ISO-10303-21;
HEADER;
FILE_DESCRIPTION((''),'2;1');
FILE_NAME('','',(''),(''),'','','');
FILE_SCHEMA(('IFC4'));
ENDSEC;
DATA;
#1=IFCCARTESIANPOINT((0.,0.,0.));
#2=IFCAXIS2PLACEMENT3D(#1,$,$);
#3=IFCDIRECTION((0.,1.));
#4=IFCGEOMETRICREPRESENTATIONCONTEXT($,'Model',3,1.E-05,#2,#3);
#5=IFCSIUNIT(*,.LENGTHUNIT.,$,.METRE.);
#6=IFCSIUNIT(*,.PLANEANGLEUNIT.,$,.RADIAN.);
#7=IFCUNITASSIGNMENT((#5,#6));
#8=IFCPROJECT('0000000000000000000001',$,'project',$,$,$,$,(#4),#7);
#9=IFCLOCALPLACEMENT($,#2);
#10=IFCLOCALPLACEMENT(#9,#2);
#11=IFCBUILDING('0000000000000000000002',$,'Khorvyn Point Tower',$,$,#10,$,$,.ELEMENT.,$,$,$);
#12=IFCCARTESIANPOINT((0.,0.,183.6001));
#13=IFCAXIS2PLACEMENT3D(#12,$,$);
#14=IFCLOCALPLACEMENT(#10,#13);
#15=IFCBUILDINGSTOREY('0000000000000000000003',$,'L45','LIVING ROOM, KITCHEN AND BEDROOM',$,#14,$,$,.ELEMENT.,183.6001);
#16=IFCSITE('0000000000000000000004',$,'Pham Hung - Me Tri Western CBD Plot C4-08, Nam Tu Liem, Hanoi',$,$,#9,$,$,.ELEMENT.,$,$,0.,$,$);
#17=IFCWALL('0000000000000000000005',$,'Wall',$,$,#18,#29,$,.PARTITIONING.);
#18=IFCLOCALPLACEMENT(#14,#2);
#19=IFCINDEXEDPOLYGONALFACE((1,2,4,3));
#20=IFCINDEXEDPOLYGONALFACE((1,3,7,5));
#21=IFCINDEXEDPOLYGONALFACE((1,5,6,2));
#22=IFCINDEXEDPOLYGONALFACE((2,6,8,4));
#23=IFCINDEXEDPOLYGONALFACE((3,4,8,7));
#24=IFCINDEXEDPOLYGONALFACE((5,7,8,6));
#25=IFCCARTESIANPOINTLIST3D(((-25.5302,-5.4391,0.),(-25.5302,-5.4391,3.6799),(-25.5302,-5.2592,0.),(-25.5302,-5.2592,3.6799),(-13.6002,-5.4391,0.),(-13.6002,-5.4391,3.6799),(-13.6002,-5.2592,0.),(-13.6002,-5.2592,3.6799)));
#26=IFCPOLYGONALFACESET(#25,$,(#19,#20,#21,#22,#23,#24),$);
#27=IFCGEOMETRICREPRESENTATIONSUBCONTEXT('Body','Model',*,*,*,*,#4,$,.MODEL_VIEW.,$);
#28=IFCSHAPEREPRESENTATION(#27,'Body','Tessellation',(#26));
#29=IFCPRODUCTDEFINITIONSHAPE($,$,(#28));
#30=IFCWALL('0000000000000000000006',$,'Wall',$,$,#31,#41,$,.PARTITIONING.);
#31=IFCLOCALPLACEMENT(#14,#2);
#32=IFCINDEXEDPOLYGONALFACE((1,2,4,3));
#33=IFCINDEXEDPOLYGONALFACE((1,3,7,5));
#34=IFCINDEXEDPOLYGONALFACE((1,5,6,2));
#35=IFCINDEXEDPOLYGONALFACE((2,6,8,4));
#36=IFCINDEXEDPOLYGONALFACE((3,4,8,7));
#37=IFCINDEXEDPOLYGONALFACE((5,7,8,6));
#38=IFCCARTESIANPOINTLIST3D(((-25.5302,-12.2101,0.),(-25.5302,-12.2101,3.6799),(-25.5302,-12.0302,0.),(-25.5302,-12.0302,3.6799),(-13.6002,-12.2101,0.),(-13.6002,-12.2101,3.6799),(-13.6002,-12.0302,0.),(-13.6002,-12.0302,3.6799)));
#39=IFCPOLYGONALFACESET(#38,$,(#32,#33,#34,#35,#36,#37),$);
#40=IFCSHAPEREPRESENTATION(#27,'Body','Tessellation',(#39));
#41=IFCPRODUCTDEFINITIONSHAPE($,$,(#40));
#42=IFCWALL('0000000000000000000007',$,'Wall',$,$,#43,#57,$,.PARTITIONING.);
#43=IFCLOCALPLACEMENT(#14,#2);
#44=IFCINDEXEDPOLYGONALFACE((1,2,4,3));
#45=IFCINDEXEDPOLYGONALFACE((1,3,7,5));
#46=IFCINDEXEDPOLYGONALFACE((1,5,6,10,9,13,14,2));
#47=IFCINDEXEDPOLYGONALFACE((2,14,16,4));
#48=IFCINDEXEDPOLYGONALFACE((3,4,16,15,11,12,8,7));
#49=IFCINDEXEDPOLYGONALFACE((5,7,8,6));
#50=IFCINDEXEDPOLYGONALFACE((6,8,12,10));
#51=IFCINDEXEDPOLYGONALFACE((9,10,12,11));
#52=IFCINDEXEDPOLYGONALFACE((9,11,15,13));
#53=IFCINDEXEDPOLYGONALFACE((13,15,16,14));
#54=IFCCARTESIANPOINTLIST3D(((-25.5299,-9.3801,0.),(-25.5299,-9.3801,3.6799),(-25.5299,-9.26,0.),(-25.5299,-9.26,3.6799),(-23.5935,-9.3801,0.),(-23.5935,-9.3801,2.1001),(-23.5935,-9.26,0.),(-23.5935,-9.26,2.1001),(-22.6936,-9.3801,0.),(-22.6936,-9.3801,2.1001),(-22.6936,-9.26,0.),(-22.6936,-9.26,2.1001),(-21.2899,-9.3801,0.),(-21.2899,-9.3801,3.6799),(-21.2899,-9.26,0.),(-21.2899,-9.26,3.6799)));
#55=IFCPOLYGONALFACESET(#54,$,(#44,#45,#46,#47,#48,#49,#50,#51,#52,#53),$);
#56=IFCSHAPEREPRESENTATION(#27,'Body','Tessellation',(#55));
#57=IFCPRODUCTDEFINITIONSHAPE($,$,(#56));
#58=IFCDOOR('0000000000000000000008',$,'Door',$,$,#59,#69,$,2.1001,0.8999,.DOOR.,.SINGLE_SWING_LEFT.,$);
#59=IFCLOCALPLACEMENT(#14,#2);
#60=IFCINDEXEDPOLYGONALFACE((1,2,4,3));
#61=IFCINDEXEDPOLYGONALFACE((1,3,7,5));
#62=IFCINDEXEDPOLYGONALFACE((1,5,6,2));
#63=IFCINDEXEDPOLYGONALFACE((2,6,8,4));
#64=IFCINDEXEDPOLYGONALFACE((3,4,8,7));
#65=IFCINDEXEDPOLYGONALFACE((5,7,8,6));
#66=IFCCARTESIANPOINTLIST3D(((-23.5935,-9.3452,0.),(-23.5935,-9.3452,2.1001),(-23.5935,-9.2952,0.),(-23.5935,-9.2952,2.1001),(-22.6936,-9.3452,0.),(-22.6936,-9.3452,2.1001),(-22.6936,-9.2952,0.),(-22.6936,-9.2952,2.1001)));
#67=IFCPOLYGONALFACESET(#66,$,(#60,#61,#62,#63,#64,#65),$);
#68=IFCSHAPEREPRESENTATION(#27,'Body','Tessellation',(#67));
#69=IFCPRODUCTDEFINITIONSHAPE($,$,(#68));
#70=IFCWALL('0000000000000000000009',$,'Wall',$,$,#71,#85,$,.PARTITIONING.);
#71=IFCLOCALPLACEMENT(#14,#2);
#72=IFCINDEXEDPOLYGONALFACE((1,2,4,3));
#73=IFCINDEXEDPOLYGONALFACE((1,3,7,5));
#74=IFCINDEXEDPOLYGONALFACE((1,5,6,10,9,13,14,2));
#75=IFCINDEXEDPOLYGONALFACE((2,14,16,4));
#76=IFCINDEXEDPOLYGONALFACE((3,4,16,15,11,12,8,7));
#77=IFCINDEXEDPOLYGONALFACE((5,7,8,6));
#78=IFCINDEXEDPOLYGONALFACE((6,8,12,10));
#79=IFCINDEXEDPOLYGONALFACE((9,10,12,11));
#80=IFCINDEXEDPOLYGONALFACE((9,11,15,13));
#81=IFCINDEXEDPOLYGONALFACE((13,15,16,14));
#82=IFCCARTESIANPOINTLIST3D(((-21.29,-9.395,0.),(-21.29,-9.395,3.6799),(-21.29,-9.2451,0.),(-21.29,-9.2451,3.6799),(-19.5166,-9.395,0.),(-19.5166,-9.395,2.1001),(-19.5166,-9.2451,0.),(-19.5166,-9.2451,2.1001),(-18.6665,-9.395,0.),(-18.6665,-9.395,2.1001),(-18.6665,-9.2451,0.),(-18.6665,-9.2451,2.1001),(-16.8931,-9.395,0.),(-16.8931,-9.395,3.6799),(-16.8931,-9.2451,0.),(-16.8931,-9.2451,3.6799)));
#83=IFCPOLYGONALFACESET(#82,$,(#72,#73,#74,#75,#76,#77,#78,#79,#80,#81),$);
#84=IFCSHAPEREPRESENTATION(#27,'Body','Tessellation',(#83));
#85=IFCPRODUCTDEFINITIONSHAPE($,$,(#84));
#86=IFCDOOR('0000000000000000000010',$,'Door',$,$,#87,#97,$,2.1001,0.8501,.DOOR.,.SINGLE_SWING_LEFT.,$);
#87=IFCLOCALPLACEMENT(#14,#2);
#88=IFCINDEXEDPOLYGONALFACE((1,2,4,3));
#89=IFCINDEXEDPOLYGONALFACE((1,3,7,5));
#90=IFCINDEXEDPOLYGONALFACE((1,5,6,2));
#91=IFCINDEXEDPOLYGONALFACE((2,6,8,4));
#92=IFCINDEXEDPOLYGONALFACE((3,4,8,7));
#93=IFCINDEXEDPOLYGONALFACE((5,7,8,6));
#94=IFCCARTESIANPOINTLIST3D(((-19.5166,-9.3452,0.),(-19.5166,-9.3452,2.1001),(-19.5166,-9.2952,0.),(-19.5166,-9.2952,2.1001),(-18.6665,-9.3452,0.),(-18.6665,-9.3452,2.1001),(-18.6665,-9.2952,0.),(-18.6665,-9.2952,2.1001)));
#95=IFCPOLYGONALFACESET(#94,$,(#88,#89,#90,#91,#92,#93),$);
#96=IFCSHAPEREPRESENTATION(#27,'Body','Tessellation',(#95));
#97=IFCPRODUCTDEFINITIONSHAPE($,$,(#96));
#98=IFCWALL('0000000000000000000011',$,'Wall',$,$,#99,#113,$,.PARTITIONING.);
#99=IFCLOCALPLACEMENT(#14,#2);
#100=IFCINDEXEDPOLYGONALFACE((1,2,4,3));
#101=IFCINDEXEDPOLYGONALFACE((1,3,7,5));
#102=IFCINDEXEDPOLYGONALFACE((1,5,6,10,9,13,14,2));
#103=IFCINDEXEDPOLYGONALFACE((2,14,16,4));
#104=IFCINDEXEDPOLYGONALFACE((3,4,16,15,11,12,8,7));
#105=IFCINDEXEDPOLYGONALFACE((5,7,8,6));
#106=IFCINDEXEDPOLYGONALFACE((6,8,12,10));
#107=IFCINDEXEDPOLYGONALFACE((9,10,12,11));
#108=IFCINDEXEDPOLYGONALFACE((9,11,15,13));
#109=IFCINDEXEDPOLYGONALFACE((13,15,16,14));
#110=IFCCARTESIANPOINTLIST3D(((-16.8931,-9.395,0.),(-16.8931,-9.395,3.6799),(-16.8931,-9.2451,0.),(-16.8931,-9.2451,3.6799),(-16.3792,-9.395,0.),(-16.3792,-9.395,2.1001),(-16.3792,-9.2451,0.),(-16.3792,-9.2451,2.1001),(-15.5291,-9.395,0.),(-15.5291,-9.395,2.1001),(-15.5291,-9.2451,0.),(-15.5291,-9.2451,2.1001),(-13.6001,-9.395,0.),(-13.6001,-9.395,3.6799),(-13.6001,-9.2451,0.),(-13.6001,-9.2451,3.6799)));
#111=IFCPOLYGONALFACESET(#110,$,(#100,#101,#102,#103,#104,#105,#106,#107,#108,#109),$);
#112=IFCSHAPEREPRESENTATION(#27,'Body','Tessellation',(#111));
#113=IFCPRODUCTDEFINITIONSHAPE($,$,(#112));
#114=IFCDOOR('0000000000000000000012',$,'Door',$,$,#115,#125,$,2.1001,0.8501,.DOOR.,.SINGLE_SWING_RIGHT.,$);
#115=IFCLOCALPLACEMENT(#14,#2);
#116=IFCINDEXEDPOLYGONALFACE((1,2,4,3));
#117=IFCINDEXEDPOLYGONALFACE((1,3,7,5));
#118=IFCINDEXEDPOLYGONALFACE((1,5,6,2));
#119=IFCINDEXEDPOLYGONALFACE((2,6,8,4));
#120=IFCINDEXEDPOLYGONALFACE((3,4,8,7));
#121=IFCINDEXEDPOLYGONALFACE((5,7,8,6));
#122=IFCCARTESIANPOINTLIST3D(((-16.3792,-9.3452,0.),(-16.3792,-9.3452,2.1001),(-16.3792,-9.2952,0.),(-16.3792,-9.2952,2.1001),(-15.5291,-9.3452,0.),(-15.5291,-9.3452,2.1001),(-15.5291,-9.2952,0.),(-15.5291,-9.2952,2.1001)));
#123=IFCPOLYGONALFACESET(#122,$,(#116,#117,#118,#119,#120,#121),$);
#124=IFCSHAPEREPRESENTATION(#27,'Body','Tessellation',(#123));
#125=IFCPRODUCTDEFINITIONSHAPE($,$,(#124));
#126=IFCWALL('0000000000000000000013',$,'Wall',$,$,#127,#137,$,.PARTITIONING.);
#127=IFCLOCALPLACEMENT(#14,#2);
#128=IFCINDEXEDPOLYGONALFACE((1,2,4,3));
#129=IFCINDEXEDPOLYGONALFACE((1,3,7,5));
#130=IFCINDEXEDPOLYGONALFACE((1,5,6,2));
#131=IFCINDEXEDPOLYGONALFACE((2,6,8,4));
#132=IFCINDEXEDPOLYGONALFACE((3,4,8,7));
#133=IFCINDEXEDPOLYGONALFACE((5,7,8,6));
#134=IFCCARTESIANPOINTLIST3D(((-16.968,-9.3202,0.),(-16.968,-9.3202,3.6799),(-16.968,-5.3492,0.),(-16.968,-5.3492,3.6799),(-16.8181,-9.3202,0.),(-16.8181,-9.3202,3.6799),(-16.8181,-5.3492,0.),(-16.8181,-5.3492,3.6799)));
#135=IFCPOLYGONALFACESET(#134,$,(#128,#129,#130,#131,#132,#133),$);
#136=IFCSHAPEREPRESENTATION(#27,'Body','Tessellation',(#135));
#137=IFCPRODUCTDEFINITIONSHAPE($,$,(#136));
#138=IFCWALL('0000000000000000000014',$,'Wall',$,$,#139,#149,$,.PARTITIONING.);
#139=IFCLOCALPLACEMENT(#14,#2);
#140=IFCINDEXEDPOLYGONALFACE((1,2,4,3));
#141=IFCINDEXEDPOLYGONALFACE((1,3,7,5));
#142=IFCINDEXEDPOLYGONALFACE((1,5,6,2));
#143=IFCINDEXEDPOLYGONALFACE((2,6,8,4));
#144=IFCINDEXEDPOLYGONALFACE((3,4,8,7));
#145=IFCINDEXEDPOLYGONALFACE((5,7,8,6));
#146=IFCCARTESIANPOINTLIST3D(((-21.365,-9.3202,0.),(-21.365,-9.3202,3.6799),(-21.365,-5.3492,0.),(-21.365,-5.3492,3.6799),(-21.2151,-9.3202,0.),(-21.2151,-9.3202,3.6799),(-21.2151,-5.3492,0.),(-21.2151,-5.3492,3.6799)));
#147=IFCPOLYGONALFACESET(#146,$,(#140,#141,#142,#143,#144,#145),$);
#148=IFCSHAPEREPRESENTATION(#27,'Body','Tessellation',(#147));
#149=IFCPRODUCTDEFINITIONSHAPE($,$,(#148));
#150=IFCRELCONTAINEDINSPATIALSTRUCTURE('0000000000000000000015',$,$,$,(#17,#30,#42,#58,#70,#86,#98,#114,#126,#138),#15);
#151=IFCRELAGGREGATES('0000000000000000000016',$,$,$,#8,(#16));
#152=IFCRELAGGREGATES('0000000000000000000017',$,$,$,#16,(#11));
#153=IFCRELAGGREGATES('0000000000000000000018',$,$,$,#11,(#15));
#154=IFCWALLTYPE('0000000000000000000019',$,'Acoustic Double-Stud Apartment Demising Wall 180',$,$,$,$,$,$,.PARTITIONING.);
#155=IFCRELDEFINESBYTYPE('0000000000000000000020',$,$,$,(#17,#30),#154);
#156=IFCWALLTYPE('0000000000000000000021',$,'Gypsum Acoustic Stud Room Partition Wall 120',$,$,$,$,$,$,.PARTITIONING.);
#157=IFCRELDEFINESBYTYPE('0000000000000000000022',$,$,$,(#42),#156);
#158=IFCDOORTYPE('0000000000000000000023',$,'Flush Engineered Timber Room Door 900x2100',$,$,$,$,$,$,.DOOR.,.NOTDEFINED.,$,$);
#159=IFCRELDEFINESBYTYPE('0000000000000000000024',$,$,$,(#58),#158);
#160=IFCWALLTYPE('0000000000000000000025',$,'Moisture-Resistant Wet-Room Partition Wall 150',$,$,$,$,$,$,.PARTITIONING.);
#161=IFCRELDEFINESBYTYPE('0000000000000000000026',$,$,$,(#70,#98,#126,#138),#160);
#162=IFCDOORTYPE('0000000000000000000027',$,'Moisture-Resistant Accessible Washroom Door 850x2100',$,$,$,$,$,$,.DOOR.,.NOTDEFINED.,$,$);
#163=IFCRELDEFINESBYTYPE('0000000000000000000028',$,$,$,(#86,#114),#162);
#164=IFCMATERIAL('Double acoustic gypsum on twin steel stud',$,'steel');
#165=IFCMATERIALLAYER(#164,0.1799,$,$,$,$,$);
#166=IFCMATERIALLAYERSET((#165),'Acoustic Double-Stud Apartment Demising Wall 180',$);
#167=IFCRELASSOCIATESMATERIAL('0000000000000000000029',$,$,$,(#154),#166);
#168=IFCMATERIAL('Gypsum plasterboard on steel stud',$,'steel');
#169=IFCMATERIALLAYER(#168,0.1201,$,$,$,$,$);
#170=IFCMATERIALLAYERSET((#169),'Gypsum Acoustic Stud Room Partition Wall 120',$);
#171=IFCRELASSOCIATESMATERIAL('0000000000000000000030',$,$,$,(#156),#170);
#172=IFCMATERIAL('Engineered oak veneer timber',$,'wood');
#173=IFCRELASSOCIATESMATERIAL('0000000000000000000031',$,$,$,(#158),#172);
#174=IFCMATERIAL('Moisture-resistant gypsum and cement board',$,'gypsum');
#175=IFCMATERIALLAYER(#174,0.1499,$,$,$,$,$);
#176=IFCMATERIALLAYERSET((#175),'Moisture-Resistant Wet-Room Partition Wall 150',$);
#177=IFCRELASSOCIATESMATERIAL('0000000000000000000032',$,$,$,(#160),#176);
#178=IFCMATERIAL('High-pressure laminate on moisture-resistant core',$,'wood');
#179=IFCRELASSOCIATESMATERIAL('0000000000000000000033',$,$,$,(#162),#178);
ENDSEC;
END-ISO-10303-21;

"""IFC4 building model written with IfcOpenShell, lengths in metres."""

from ifc_helpers import new_model, si_unit, direction, frame, frame_2d, origin, place, context, subcontext, project, spatial, rectangle, extrude, material, layer, layer_set, type_object, element, fill, save


model = new_model("IFC4")

# Units and contexts
model_context = context("Model", 3, precision=1e-05, world=origin(), true_north=direction((0.0, 1.0)))
body_context = subcontext(model_context, "Body", "Model", "MODEL_VIEW")
ifc_project = project(units=[si_unit("LENGTHUNIT", "METRE"), si_unit("PLANEANGLEUNIT", "RADIAN")], contexts=[model_context])

# Site, building, storey
site_placement = place(None, origin())
site = spatial("IfcSite", under=ifc_project, at=site_placement, Name="Pham Hung - Me Tri Western CBD Plot C4-08, Nam Tu Liem, Hanoi", CompositionType="ELEMENT", RefElevation=0.0)
building_placement = place(site_placement, origin())
building = spatial("IfcBuilding", under=site, at=building_placement, Name="Khorvyn Point Tower", CompositionType="ELEMENT")
storey_placement = place(building_placement, frame((0.0, 0.0, 183.6001)))
storey = spatial("IfcBuildingStorey", under=building, at=storey_placement, Name="L45", Description="LIVING ROOM, KITCHEN AND BEDROOM", CompositionType="ELEMENT", Elevation=183.6001)

# Shared definitions
ifc_material_1 = material(Name="Double acoustic gypsum on twin steel stud", Category="steel")
ifc_layer_1 = layer(ifc_material_1, 0.1799)
ifc_layer_set_1 = layer_set([ifc_layer_1], Name="Acoustic Double-Stud Apartment Demising Wall 180")
wall_type_1 = type_object("IfcWallType", Name="Acoustic Double-Stud Apartment Demising Wall 180", PredefinedType="PARTITIONING", material=ifc_layer_set_1)

# Walls
for number, where, z_axis, x_axis, name in (
    (1, (-25.53, -5.3491, 0.0), (0.0, 0.0, 1.0), (1.0, 0.0, 0.0), "Wall"),
    (2, (-25.53, -12.1201, 0.0), (0.0, 0.0, 1.0), (1.0, 0.0, 0.0), "Wall"),
):
    element("IfcWall", number, at=place(storey_placement, frame(where, z_axis=z_axis, x_axis=x_axis)), inside=storey, type_object=wall_type_1, Name=name, PredefinedType="PARTITIONING", context=body_context, shape_type="SweptSolid", body=[
        extrude(rectangle(XDim=11.9299, YDim=0.1799, at=frame_2d((5.9648, 0.0))), origin(), (0.0, 0.0, 1.0), 3.6799),
    ])

# Walls, openings, doors
ifc_material_2 = material(Name="Gypsum plasterboard on steel stud", Category="steel")
ifc_layer_2 = layer(ifc_material_2, 0.1201)
ifc_layer_set_2 = layer_set([ifc_layer_2], Name="Gypsum Acoustic Stud Room Partition Wall 120")
wall_type_2 = type_object("IfcWallType", Name="Gypsum Acoustic Stud Room Partition Wall 120", PredefinedType="PARTITIONING", material=ifc_layer_set_2)
wall_1_placement = place(storey_placement, frame((-25.53, -9.3201, 0.0), z_axis=(0.0, 0.0, 1.0), x_axis=(1.0, 0.0, 0.0)))
wall_1 = element("IfcWall", 3, at=wall_1_placement, inside=storey, type_object=wall_type_2, Name="Wall", PredefinedType="PARTITIONING", context=body_context, shape_type="SweptSolid", body=[
    extrude(rectangle(XDim=4.24, YDim=0.1201, at=frame_2d((2.1201, 0.0))), origin(), (0.0, 0.0, 1.0), 3.6799),
])
opening_1_placement = place(wall_1_placement, frame((1.9365, 0.0, 0.0)))
opening_1 = element("IfcOpeningElement", 4, at=opening_1_placement, cuts=wall_1, PredefinedType="OPENING", context=body_context, shape_type="SweptSolid", body=[
    extrude(rectangle(XDim=0.8999, YDim=2.1001, at=frame_2d((0.45, 1.05))), frame((0.0, 0.0701, 0.0), z_axis=(0.0, -1.0, 0.0), x_axis=(1.0, 0.0, 0.0)), (0.0, 0.0, 1.0), 0.1401),
])
ifc_material_3 = material(Name="Engineered oak veneer timber", Category="wood")
door_type_1 = type_object("IfcDoorType", Name="Flush Engineered Timber Room Door 900x2100", OperationType="NOTDEFINED", PredefinedType="DOOR", material=ifc_material_3)
door_1_placement = place(opening_1_placement, origin())
door_1 = element("IfcDoor", 5, at=door_1_placement, inside=storey, type_object=door_type_1, Name="Door", OperationType="SINGLE_SWING_LEFT", OverallHeight=2.1001, OverallWidth=0.8999, PredefinedType="DOOR", context=body_context, shape_type="SweptSolid", body=[
    extrude(rectangle(XDim=0.8999, YDim=2.1001, at=frame_2d((0.45, 1.05))), frame((0.0, 0.0249, 0.0), z_axis=(0.0, -1.0, 0.0), x_axis=(1.0, 0.0, 0.0)), (0.0, 0.0, 1.0), 0.05),
])
fill(opening_1, door_1)
ifc_material_4 = material(Name="Moisture-resistant gypsum and cement board", Category="gypsum")
ifc_layer_3 = layer(ifc_material_4, 0.1499)
ifc_layer_set_3 = layer_set([ifc_layer_3], Name="Moisture-Resistant Wet-Room Partition Wall 150")
wall_type_3 = type_object("IfcWallType", Name="Moisture-Resistant Wet-Room Partition Wall 150", PredefinedType="PARTITIONING", material=ifc_layer_set_3)
wall_2_placement = place(storey_placement, frame((-21.29, -9.3201, 0.0), z_axis=(0.0, 0.0, 1.0), x_axis=(1.0, 0.0, 0.0)))
wall_2 = element("IfcWall", 6, at=wall_2_placement, inside=storey, type_object=wall_type_3, Name="Wall", PredefinedType="PARTITIONING", context=body_context, shape_type="SweptSolid", body=[
    extrude(rectangle(XDim=4.397, YDim=0.1499, at=frame_2d((2.1985, 0.0))), origin(), (0.0, 0.0, 1.0), 3.6799),
])
opening_2_placement = place(wall_2_placement, frame((1.7734, 0.0, 0.0)))
opening_2 = element("IfcOpeningElement", 7, at=opening_2_placement, cuts=wall_2, PredefinedType="OPENING", context=body_context, shape_type="SweptSolid", body=[
    extrude(rectangle(XDim=0.8501, YDim=2.1001, at=frame_2d((0.425, 1.05))), frame((0.0, 0.085, 0.0), z_axis=(0.0, -1.0, 0.0), x_axis=(1.0, 0.0, 0.0)), (0.0, 0.0, 1.0), 0.1699),
])
ifc_material_5 = material(Name="High-pressure laminate on moisture-resistant core", Category="wood")
door_type_2 = type_object("IfcDoorType", Name="Moisture-Resistant Accessible Washroom Door 850x2100", OperationType="NOTDEFINED", PredefinedType="DOOR", material=ifc_material_5)
door_2_placement = place(opening_2_placement, origin())
door_2 = element("IfcDoor", 8, at=door_2_placement, inside=storey, type_object=door_type_2, Name="Door", OperationType="SINGLE_SWING_LEFT", OverallHeight=2.1001, OverallWidth=0.8501, PredefinedType="DOOR", context=body_context, shape_type="SweptSolid", body=[
    extrude(rectangle(XDim=0.8501, YDim=2.1001, at=frame_2d((0.425, 1.05))), frame((0.0, 0.0249, 0.0), z_axis=(0.0, -1.0, 0.0), x_axis=(1.0, 0.0, 0.0)), (0.0, 0.0, 1.0), 0.05),
])
fill(opening_2, door_2)
wall_3_placement = place(storey_placement, frame((-16.8931, -9.3201, 0.0), z_axis=(0.0, 0.0, 1.0), x_axis=(1.0, 0.0, 0.0)))
wall_3 = element("IfcWall", 9, at=wall_3_placement, inside=storey, type_object=wall_type_3, Name="Wall", PredefinedType="PARTITIONING", context=body_context, shape_type="SweptSolid", body=[
    extrude(rectangle(XDim=3.293, YDim=0.1499, at=frame_2d((1.6465, 0.0))), origin(), (0.0, 0.0, 1.0), 3.6799),
])
opening_3_placement = place(wall_3_placement, frame((0.5139, 0.0, 0.0)))
opening_3 = element("IfcOpeningElement", 10, at=opening_3_placement, cuts=wall_3, PredefinedType="OPENING", context=body_context, shape_type="SweptSolid", body=[
    extrude(rectangle(XDim=0.8501, YDim=2.1001, at=frame_2d((0.425, 1.05))), frame((0.0, 0.085, 0.0), z_axis=(0.0, -1.0, 0.0), x_axis=(1.0, 0.0, 0.0)), (0.0, 0.0, 1.0), 0.1699),
])
door_3_placement = place(opening_3_placement, origin())
door_3 = element("IfcDoor", 11, at=door_3_placement, inside=storey, type_object=door_type_2, Name="Door", OperationType="SINGLE_SWING_RIGHT", OverallHeight=2.1001, OverallWidth=0.8501, PredefinedType="DOOR", context=body_context, shape_type="SweptSolid", body=[
    extrude(rectangle(XDim=0.8501, YDim=2.1001, at=frame_2d((0.425, 1.05))), frame((0.0, 0.0249, 0.0), z_axis=(0.0, -1.0, 0.0), x_axis=(1.0, 0.0, 0.0)), (0.0, 0.0, 1.0), 0.05),
])
fill(opening_3, door_3)

# Walls
for number, where, z_axis, x_axis, name in (
    (12, (-16.8931, -9.3201, 0.0), (0.0, 0.0, 1.0), (0.0, 1.0, 0.0), "Wall"),
    (13, (-21.29, -9.3201, 0.0), (0.0, 0.0, 1.0), (0.0, 1.0, 0.0), "Wall"),
):
    element("IfcWall", number, at=place(storey_placement, frame(where, z_axis=z_axis, x_axis=x_axis)), inside=storey, type_object=wall_type_3, Name=name, PredefinedType="PARTITIONING", context=body_context, shape_type="SweptSolid", body=[
        extrude(rectangle(XDim=3.9709, YDim=0.1499, at=frame_2d((1.9854, 0.0))), origin(), (0.0, 0.0, 1.0), 3.6799),
    ])

save(model, "model.ifc")
